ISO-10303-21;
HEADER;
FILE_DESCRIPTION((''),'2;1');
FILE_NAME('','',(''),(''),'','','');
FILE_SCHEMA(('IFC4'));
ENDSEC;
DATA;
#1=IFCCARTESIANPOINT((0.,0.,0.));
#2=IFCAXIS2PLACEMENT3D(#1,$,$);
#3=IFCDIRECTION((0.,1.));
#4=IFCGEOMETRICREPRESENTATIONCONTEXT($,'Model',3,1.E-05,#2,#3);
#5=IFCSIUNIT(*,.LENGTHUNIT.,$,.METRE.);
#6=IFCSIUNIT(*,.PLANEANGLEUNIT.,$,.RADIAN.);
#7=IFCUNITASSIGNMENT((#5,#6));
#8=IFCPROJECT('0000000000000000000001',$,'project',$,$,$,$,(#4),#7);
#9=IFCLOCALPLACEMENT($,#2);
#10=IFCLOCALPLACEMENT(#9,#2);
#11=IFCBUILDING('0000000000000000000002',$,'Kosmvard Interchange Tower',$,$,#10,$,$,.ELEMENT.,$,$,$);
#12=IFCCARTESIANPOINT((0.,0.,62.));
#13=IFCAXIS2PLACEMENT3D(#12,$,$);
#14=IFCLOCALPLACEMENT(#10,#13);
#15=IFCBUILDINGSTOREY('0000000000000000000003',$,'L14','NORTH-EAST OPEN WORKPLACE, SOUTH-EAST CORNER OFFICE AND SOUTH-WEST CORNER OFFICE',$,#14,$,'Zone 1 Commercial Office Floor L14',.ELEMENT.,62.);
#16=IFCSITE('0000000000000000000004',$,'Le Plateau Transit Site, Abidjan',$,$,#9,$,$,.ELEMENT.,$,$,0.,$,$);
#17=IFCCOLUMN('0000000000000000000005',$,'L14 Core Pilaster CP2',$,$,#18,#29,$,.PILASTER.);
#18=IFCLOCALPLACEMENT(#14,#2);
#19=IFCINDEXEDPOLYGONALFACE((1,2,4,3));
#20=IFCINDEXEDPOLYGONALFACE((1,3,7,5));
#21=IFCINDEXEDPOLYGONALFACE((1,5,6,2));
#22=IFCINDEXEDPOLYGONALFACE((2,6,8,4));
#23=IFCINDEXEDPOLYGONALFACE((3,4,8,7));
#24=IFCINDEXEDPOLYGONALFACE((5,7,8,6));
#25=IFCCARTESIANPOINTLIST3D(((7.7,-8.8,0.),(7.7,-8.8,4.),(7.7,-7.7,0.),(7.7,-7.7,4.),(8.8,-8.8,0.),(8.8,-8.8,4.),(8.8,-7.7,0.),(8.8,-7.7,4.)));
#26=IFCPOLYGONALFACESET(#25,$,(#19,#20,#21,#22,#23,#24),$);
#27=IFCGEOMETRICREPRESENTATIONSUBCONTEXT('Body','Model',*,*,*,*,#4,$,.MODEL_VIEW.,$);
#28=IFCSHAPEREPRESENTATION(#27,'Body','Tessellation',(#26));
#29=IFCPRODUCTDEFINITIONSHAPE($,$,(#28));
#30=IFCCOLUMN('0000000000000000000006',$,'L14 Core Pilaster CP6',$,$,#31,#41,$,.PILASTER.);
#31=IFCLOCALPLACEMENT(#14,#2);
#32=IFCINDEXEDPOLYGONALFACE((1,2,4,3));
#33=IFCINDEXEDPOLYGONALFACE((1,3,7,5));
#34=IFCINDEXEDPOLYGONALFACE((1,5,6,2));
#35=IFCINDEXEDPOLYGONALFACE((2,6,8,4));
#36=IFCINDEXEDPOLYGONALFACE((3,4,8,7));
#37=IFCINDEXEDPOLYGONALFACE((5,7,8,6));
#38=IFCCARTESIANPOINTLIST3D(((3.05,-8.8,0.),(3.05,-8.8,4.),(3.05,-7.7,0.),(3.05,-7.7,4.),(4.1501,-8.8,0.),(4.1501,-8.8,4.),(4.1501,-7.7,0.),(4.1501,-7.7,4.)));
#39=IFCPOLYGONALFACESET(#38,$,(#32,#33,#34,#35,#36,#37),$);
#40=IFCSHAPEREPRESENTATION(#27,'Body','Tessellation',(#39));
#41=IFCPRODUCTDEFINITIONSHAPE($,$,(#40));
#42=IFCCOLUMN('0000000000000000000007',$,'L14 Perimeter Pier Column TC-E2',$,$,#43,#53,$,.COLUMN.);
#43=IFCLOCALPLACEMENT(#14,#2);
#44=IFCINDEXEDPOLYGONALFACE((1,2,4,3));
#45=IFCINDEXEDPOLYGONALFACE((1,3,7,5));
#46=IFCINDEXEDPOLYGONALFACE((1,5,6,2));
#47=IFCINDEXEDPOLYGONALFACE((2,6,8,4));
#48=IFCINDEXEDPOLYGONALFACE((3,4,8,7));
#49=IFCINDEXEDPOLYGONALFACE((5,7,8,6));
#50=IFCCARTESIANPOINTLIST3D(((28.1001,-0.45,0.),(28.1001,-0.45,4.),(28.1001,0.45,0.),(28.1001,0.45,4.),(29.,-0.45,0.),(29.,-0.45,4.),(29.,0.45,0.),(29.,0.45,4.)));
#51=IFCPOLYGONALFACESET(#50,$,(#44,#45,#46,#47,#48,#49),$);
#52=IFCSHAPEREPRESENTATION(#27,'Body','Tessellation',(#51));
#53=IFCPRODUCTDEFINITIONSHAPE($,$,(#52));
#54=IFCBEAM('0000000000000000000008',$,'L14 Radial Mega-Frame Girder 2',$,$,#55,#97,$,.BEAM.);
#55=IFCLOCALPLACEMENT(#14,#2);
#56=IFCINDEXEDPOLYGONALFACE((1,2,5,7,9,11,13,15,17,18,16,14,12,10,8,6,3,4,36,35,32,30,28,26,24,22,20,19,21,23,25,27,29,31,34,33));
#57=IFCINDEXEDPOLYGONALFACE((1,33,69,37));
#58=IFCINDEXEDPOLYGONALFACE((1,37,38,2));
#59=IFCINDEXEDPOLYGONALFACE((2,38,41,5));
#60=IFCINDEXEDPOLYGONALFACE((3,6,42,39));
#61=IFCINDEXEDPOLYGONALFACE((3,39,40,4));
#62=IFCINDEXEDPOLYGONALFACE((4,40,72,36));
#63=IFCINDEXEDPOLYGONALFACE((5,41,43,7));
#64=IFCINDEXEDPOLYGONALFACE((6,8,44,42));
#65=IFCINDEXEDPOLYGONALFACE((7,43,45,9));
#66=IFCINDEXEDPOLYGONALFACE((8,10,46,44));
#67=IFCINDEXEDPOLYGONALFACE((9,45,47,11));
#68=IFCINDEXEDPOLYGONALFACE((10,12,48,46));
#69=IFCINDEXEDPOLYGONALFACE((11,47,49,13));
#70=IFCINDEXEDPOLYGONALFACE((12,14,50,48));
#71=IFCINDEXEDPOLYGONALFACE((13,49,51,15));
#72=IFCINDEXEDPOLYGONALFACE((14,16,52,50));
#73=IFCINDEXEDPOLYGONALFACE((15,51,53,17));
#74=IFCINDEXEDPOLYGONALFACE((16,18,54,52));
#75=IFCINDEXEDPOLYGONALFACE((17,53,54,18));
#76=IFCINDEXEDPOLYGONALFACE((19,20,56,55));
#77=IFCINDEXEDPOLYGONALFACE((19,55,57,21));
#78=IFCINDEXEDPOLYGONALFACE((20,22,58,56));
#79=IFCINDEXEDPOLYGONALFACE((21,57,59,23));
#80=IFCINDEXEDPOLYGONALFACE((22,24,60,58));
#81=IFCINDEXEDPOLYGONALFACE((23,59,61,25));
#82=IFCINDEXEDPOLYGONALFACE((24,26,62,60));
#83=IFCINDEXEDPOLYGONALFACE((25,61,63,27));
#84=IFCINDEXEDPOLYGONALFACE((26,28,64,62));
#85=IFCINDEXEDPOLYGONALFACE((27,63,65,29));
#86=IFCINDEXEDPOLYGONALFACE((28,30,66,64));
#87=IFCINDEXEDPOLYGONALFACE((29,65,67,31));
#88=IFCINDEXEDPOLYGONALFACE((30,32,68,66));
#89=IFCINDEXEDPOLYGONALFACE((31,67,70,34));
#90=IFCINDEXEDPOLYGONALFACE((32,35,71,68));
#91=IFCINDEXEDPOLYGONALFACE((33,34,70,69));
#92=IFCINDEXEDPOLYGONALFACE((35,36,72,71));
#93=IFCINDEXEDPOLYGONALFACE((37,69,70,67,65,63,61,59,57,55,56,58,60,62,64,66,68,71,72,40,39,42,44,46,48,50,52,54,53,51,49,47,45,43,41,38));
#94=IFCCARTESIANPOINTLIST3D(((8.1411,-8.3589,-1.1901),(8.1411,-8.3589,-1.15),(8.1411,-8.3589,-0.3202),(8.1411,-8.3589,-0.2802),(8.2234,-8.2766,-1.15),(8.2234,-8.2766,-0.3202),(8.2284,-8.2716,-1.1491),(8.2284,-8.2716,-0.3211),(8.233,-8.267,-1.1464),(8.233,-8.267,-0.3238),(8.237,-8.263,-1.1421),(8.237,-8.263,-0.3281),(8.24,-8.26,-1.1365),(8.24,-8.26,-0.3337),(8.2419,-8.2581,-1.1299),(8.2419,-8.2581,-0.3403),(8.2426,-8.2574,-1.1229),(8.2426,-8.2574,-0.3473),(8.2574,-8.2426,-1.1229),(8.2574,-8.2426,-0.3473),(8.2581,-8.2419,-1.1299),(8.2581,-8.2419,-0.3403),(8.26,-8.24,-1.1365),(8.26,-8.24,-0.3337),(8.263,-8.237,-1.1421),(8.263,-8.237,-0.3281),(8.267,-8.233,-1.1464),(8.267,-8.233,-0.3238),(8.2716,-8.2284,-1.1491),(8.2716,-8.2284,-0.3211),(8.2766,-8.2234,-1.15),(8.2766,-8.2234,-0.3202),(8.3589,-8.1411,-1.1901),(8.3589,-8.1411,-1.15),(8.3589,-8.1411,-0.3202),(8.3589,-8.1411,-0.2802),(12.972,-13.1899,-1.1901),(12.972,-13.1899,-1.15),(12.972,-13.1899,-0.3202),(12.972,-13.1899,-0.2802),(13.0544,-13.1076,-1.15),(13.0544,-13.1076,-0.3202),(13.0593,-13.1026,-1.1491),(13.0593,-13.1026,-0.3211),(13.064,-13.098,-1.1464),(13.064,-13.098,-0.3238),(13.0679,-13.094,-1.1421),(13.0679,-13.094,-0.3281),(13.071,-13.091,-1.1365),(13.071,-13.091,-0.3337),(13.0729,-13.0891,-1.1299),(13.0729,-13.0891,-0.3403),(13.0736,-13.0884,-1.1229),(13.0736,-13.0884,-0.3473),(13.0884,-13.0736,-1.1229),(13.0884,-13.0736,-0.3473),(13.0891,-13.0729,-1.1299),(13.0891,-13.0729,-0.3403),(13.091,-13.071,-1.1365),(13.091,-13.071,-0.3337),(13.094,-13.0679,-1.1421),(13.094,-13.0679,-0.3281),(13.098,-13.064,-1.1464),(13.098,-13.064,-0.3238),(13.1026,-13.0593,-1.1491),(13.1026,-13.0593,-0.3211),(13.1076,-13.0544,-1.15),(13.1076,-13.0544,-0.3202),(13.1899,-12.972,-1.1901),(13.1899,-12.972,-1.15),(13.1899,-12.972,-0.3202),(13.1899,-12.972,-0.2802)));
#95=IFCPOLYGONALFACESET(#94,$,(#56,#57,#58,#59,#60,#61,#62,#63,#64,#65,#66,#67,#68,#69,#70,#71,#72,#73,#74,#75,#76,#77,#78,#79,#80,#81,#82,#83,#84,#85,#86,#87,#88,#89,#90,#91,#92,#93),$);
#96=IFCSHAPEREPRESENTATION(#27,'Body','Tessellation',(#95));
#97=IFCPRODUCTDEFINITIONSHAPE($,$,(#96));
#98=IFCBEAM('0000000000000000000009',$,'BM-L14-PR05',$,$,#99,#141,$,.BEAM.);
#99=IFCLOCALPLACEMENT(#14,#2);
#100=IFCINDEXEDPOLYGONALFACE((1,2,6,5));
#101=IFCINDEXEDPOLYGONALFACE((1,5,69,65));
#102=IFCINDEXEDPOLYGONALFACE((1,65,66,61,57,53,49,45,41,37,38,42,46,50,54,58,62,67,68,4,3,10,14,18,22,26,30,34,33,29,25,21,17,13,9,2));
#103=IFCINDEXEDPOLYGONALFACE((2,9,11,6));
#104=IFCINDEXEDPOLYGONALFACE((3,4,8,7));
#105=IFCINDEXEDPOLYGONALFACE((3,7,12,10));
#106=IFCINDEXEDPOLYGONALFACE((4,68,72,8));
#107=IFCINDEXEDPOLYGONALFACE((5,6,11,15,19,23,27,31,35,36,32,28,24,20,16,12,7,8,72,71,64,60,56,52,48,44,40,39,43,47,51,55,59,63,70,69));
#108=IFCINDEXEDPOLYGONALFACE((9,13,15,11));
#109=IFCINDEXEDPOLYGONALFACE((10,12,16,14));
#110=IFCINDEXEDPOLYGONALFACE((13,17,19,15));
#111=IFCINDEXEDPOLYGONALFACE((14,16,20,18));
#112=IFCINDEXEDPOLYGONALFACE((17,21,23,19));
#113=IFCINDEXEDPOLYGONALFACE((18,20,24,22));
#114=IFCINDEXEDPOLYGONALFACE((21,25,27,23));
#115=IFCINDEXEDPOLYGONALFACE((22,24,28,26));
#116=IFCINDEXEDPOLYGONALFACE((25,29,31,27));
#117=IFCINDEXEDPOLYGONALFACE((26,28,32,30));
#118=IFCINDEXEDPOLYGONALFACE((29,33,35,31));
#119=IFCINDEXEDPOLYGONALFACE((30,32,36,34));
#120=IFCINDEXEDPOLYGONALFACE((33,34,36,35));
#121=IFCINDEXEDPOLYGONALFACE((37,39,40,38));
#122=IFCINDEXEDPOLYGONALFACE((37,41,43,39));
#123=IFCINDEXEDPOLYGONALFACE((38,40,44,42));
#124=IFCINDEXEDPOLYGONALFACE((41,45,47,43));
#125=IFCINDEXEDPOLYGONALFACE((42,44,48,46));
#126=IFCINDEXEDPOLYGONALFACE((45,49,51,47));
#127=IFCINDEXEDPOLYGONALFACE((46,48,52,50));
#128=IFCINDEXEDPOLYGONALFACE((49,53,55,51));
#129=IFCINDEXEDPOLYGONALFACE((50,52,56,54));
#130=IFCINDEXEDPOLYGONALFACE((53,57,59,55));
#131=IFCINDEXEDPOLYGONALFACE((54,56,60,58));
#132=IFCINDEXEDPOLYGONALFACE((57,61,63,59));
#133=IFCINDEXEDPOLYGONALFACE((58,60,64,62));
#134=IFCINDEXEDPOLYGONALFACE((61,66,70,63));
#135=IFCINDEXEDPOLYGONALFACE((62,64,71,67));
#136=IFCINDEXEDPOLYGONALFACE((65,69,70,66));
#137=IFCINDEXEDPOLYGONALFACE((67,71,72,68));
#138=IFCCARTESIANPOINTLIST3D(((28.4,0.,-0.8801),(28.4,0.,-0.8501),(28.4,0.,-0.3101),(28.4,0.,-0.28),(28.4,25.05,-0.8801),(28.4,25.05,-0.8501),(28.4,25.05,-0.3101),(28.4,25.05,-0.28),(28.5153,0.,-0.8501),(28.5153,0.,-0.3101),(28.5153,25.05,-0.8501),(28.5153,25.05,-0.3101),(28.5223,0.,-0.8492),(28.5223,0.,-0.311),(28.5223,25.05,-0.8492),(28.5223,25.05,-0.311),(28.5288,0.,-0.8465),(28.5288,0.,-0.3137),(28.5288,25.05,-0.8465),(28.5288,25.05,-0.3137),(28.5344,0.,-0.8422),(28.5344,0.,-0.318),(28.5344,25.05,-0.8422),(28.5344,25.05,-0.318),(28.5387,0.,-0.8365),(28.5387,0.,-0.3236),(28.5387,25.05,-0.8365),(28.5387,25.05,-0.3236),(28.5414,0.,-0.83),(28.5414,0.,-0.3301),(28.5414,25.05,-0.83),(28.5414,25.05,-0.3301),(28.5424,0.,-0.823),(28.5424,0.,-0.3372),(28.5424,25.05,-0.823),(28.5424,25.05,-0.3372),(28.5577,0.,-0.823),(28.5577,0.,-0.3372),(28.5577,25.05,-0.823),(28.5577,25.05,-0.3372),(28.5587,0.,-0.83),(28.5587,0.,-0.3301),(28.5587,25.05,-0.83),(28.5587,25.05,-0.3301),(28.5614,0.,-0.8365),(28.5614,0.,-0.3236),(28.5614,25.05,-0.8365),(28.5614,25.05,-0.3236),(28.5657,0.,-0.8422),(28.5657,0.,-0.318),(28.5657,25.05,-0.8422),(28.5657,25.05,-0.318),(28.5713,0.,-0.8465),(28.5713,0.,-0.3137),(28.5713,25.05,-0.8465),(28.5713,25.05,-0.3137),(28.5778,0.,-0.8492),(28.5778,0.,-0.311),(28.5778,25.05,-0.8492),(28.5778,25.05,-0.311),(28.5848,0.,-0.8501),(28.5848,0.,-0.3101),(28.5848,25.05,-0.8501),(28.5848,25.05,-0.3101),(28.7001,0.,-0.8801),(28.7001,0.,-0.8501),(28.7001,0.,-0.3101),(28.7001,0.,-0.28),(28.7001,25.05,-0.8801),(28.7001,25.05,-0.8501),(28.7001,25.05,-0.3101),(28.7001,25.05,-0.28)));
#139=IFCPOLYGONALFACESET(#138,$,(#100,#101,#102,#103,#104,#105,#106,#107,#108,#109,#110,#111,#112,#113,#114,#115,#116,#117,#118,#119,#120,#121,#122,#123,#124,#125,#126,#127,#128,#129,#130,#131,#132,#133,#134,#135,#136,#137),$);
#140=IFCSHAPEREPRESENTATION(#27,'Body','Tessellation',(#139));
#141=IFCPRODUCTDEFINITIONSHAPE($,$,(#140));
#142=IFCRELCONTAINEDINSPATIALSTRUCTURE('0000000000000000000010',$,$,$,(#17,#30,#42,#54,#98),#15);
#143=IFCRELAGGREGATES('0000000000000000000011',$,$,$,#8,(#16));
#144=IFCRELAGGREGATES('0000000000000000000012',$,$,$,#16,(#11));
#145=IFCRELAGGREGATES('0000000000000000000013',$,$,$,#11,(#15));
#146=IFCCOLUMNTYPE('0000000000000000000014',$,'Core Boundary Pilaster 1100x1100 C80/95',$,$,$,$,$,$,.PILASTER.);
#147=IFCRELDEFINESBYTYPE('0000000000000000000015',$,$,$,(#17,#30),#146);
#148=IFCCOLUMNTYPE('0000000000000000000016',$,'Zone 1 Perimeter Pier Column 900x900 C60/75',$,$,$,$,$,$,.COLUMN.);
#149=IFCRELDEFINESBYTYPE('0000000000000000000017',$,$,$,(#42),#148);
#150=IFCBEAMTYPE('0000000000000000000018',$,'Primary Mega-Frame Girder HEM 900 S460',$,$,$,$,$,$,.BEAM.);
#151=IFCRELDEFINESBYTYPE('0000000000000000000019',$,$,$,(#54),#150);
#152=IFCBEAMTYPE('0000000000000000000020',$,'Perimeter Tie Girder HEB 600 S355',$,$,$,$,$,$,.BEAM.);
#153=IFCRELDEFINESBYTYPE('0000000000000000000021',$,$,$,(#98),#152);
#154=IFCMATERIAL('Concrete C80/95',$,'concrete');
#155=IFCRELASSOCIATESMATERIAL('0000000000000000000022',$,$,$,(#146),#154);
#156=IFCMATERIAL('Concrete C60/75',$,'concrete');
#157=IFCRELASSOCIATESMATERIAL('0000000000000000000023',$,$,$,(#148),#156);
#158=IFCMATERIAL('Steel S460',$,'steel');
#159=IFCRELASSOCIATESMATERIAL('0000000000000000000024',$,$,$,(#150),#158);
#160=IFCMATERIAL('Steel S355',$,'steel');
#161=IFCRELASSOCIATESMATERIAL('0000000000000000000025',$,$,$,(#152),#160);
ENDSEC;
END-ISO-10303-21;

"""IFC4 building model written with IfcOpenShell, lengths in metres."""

from ifc_helpers import new_model, si_unit, direction, frame, origin, origin_2d, place, context, subcontext, project, spatial, rectangle, i_section, extrude, source, transform, mapped, material, material_profile, profile_set, type_object, element, save


model = new_model("IFC4")

# Units and contexts
model_context = context("Model", 3, precision=1e-05, world=origin(), true_north=direction((0.0, 1.0)))
body_context = subcontext(model_context, "Body", "Model", "MODEL_VIEW")
ifc_project = project(units=[si_unit("LENGTHUNIT", "METRE"), si_unit("PLANEANGLEUNIT", "RADIAN")], contexts=[model_context])

# Site, building, storey
site_placement = place(None, origin())
site = spatial("IfcSite", under=ifc_project, at=site_placement, Name="Le Plateau Transit Site, Abidjan", CompositionType="ELEMENT", RefElevation=0.0)
building_placement = place(site_placement, origin())
building = spatial("IfcBuilding", under=site, at=building_placement, Name="Kosmvard Interchange Tower", CompositionType="ELEMENT")
storey_placement = place(building_placement, frame((0.0, 0.0, 62.0)))
storey = spatial("IfcBuildingStorey", under=building, at=storey_placement, Name="L14", Description="NORTH-EAST OPEN WORKPLACE, SOUTH-EAST CORNER OFFICE AND SOUTH-WEST CORNER OFFICE", LongName="Zone 1 Commercial Office Floor L14", CompositionType="ELEMENT", Elevation=62.0)

# Columns
ifc_material_1 = material(Name="Concrete C80/95", Category="concrete")
ifc_material_profile_1 = material_profile(ifc_material_1, rectangle(XDim=1.1001, YDim=1.1001, at=origin_2d()), Name="CP 1100x1100")
ifc_profile_set_1 = profile_set([ifc_material_profile_1], Name="Concrete C80/95")
column_type_1 = type_object("IfcColumnType", Name="Core Boundary Pilaster 1100x1100 C80/95", PredefinedType="PILASTER", material=ifc_profile_set_1)
shared_shape_1 = source(origin(), body_context, "Body", "SweptSolid", [
    extrude(rectangle(XDim=1.1001, YDim=1.1001, at=origin_2d()), origin(), (0.0, 0.0, 1.0), 4.0),
])
for number, where, z_axis, x_axis, name in (
    (1, (8.25, -8.25, 0.0), (0.0, 0.0, 1.0), (1.0, 0.0, 0.0), "L14 Core Pilaster CP2"),
    (2, (3.6001, -8.25, 0.0), (0.0, 0.0, 1.0), (1.0, 0.0, 0.0), "L14 Core Pilaster CP6"),
):
    element("IfcColumn", number, at=place(storey_placement, frame(where, z_axis=z_axis, x_axis=x_axis)), inside=storey, type_object=column_type_1, Name=name, PredefinedType="PILASTER", context=body_context, shape_type="MappedRepresentation", body=[
        mapped(shared_shape_1, transform((0.0, 0.0, 0.0), scale=1.0)),
    ])
ifc_material_2 = material(Name="Concrete C60/75", Category="concrete")
ifc_material_profile_2 = material_profile(ifc_material_2, rectangle(XDim=0.8999, YDim=0.8999, at=origin_2d()), Name="TC 900x900")
ifc_profile_set_2 = profile_set([ifc_material_profile_2], Name="Concrete C60/75")
column_type_2 = type_object("IfcColumnType", Name="Zone 1 Perimeter Pier Column 900x900 C60/75", PredefinedType="COLUMN", material=ifc_profile_set_2)
shared_shape_2 = source(origin(), body_context, "Body", "SweptSolid", [
    extrude(rectangle(XDim=0.8999, YDim=0.8999, at=origin_2d()), origin(), (0.0, 0.0, 1.0), 4.0),
])
column_placement = place(storey_placement, frame((28.55, 0.0, 0.0), z_axis=(0.0, 0.0, 1.0), x_axis=(1.0, 0.0, 0.0)))
element("IfcColumn", 3, at=column_placement, inside=storey, type_object=column_type_2, Name="L14 Perimeter Pier Column TC-E2", PredefinedType="COLUMN", context=body_context, shape_type="MappedRepresentation", body=[
    mapped(shared_shape_2, transform((0.0, 0.0, 0.0), scale=1.0)),
])

# Beams
ifc_material_3 = material(Name="Steel S460", Category="steel")
ifc_material_profile_3 = material_profile(ifc_material_3, i_section(OverallWidth=0.3081, OverallDepth=0.9099, WebThickness=0.021, FlangeThickness=0.04, FilletRadius=0.0271, at=origin_2d()), Name="HEM 900")
ifc_profile_set_3 = profile_set([ifc_material_profile_3], Name="Steel S460")
beam_type_1 = type_object("IfcBeamType", Name="Primary Mega-Frame Girder HEM 900 S460", PredefinedType="BEAM", material=ifc_profile_set_3)
shared_shape_3 = source(origin(), body_context, "Body", "SweptSolid", [
    extrude(i_section(OverallWidth=0.3081, OverallDepth=0.9099, WebThickness=0.021, FlangeThickness=0.04, FilletRadius=0.0271, at=origin_2d()), origin(), (0.0, 0.0, 1.0), 6.832),
])
beam_1_placement = place(storey_placement, frame((8.25, -8.25, -0.7351), z_axis=(0.707107, -0.707107, 0.0), x_axis=(0.707107, 0.707107, 0.0)))
element("IfcBeam", 4, at=beam_1_placement, inside=storey, type_object=beam_type_1, Name="L14 Radial Mega-Frame Girder 2", PredefinedType="BEAM", context=body_context, shape_type="MappedRepresentation", body=[
    mapped(shared_shape_3, transform((0.0, 0.0, 0.0), scale=1.0)),
])
ifc_material_4 = material(Name="Steel S355", Category="steel")
ifc_material_profile_4 = material_profile(ifc_material_4, i_section(OverallWidth=0.3, OverallDepth=0.6001, WebThickness=0.0154, FlangeThickness=0.03, FilletRadius=0.0271, at=origin_2d()), Name="HEB 600")
ifc_profile_set_4 = profile_set([ifc_material_profile_4], Name="Steel S355")
beam_type_2 = type_object("IfcBeamType", Name="Perimeter Tie Girder HEB 600 S355", PredefinedType="BEAM", material=ifc_profile_set_4)
shared_shape_4 = source(origin(), body_context, "Body", "SweptSolid", [
    extrude(i_section(OverallWidth=0.3, OverallDepth=0.6001, WebThickness=0.0154, FlangeThickness=0.03, FilletRadius=0.0271, at=origin_2d()), origin(), (0.0, 0.0, 1.0), 25.05),
])
beam_2_placement = place(storey_placement, frame((28.55, 0.0, -0.5801), z_axis=(0.0, 1.0, 0.0), x_axis=(-1.0, 0.0, 0.0)))
element("IfcBeam", 5, at=beam_2_placement, inside=storey, type_object=beam_type_2, Name="BM-L14-PR05", PredefinedType="BEAM", context=body_context, shape_type="MappedRepresentation", body=[
    mapped(shared_shape_4, transform((0.0, 0.0, 0.0), scale=1.0)),
])

save(model, "model.ifc")
